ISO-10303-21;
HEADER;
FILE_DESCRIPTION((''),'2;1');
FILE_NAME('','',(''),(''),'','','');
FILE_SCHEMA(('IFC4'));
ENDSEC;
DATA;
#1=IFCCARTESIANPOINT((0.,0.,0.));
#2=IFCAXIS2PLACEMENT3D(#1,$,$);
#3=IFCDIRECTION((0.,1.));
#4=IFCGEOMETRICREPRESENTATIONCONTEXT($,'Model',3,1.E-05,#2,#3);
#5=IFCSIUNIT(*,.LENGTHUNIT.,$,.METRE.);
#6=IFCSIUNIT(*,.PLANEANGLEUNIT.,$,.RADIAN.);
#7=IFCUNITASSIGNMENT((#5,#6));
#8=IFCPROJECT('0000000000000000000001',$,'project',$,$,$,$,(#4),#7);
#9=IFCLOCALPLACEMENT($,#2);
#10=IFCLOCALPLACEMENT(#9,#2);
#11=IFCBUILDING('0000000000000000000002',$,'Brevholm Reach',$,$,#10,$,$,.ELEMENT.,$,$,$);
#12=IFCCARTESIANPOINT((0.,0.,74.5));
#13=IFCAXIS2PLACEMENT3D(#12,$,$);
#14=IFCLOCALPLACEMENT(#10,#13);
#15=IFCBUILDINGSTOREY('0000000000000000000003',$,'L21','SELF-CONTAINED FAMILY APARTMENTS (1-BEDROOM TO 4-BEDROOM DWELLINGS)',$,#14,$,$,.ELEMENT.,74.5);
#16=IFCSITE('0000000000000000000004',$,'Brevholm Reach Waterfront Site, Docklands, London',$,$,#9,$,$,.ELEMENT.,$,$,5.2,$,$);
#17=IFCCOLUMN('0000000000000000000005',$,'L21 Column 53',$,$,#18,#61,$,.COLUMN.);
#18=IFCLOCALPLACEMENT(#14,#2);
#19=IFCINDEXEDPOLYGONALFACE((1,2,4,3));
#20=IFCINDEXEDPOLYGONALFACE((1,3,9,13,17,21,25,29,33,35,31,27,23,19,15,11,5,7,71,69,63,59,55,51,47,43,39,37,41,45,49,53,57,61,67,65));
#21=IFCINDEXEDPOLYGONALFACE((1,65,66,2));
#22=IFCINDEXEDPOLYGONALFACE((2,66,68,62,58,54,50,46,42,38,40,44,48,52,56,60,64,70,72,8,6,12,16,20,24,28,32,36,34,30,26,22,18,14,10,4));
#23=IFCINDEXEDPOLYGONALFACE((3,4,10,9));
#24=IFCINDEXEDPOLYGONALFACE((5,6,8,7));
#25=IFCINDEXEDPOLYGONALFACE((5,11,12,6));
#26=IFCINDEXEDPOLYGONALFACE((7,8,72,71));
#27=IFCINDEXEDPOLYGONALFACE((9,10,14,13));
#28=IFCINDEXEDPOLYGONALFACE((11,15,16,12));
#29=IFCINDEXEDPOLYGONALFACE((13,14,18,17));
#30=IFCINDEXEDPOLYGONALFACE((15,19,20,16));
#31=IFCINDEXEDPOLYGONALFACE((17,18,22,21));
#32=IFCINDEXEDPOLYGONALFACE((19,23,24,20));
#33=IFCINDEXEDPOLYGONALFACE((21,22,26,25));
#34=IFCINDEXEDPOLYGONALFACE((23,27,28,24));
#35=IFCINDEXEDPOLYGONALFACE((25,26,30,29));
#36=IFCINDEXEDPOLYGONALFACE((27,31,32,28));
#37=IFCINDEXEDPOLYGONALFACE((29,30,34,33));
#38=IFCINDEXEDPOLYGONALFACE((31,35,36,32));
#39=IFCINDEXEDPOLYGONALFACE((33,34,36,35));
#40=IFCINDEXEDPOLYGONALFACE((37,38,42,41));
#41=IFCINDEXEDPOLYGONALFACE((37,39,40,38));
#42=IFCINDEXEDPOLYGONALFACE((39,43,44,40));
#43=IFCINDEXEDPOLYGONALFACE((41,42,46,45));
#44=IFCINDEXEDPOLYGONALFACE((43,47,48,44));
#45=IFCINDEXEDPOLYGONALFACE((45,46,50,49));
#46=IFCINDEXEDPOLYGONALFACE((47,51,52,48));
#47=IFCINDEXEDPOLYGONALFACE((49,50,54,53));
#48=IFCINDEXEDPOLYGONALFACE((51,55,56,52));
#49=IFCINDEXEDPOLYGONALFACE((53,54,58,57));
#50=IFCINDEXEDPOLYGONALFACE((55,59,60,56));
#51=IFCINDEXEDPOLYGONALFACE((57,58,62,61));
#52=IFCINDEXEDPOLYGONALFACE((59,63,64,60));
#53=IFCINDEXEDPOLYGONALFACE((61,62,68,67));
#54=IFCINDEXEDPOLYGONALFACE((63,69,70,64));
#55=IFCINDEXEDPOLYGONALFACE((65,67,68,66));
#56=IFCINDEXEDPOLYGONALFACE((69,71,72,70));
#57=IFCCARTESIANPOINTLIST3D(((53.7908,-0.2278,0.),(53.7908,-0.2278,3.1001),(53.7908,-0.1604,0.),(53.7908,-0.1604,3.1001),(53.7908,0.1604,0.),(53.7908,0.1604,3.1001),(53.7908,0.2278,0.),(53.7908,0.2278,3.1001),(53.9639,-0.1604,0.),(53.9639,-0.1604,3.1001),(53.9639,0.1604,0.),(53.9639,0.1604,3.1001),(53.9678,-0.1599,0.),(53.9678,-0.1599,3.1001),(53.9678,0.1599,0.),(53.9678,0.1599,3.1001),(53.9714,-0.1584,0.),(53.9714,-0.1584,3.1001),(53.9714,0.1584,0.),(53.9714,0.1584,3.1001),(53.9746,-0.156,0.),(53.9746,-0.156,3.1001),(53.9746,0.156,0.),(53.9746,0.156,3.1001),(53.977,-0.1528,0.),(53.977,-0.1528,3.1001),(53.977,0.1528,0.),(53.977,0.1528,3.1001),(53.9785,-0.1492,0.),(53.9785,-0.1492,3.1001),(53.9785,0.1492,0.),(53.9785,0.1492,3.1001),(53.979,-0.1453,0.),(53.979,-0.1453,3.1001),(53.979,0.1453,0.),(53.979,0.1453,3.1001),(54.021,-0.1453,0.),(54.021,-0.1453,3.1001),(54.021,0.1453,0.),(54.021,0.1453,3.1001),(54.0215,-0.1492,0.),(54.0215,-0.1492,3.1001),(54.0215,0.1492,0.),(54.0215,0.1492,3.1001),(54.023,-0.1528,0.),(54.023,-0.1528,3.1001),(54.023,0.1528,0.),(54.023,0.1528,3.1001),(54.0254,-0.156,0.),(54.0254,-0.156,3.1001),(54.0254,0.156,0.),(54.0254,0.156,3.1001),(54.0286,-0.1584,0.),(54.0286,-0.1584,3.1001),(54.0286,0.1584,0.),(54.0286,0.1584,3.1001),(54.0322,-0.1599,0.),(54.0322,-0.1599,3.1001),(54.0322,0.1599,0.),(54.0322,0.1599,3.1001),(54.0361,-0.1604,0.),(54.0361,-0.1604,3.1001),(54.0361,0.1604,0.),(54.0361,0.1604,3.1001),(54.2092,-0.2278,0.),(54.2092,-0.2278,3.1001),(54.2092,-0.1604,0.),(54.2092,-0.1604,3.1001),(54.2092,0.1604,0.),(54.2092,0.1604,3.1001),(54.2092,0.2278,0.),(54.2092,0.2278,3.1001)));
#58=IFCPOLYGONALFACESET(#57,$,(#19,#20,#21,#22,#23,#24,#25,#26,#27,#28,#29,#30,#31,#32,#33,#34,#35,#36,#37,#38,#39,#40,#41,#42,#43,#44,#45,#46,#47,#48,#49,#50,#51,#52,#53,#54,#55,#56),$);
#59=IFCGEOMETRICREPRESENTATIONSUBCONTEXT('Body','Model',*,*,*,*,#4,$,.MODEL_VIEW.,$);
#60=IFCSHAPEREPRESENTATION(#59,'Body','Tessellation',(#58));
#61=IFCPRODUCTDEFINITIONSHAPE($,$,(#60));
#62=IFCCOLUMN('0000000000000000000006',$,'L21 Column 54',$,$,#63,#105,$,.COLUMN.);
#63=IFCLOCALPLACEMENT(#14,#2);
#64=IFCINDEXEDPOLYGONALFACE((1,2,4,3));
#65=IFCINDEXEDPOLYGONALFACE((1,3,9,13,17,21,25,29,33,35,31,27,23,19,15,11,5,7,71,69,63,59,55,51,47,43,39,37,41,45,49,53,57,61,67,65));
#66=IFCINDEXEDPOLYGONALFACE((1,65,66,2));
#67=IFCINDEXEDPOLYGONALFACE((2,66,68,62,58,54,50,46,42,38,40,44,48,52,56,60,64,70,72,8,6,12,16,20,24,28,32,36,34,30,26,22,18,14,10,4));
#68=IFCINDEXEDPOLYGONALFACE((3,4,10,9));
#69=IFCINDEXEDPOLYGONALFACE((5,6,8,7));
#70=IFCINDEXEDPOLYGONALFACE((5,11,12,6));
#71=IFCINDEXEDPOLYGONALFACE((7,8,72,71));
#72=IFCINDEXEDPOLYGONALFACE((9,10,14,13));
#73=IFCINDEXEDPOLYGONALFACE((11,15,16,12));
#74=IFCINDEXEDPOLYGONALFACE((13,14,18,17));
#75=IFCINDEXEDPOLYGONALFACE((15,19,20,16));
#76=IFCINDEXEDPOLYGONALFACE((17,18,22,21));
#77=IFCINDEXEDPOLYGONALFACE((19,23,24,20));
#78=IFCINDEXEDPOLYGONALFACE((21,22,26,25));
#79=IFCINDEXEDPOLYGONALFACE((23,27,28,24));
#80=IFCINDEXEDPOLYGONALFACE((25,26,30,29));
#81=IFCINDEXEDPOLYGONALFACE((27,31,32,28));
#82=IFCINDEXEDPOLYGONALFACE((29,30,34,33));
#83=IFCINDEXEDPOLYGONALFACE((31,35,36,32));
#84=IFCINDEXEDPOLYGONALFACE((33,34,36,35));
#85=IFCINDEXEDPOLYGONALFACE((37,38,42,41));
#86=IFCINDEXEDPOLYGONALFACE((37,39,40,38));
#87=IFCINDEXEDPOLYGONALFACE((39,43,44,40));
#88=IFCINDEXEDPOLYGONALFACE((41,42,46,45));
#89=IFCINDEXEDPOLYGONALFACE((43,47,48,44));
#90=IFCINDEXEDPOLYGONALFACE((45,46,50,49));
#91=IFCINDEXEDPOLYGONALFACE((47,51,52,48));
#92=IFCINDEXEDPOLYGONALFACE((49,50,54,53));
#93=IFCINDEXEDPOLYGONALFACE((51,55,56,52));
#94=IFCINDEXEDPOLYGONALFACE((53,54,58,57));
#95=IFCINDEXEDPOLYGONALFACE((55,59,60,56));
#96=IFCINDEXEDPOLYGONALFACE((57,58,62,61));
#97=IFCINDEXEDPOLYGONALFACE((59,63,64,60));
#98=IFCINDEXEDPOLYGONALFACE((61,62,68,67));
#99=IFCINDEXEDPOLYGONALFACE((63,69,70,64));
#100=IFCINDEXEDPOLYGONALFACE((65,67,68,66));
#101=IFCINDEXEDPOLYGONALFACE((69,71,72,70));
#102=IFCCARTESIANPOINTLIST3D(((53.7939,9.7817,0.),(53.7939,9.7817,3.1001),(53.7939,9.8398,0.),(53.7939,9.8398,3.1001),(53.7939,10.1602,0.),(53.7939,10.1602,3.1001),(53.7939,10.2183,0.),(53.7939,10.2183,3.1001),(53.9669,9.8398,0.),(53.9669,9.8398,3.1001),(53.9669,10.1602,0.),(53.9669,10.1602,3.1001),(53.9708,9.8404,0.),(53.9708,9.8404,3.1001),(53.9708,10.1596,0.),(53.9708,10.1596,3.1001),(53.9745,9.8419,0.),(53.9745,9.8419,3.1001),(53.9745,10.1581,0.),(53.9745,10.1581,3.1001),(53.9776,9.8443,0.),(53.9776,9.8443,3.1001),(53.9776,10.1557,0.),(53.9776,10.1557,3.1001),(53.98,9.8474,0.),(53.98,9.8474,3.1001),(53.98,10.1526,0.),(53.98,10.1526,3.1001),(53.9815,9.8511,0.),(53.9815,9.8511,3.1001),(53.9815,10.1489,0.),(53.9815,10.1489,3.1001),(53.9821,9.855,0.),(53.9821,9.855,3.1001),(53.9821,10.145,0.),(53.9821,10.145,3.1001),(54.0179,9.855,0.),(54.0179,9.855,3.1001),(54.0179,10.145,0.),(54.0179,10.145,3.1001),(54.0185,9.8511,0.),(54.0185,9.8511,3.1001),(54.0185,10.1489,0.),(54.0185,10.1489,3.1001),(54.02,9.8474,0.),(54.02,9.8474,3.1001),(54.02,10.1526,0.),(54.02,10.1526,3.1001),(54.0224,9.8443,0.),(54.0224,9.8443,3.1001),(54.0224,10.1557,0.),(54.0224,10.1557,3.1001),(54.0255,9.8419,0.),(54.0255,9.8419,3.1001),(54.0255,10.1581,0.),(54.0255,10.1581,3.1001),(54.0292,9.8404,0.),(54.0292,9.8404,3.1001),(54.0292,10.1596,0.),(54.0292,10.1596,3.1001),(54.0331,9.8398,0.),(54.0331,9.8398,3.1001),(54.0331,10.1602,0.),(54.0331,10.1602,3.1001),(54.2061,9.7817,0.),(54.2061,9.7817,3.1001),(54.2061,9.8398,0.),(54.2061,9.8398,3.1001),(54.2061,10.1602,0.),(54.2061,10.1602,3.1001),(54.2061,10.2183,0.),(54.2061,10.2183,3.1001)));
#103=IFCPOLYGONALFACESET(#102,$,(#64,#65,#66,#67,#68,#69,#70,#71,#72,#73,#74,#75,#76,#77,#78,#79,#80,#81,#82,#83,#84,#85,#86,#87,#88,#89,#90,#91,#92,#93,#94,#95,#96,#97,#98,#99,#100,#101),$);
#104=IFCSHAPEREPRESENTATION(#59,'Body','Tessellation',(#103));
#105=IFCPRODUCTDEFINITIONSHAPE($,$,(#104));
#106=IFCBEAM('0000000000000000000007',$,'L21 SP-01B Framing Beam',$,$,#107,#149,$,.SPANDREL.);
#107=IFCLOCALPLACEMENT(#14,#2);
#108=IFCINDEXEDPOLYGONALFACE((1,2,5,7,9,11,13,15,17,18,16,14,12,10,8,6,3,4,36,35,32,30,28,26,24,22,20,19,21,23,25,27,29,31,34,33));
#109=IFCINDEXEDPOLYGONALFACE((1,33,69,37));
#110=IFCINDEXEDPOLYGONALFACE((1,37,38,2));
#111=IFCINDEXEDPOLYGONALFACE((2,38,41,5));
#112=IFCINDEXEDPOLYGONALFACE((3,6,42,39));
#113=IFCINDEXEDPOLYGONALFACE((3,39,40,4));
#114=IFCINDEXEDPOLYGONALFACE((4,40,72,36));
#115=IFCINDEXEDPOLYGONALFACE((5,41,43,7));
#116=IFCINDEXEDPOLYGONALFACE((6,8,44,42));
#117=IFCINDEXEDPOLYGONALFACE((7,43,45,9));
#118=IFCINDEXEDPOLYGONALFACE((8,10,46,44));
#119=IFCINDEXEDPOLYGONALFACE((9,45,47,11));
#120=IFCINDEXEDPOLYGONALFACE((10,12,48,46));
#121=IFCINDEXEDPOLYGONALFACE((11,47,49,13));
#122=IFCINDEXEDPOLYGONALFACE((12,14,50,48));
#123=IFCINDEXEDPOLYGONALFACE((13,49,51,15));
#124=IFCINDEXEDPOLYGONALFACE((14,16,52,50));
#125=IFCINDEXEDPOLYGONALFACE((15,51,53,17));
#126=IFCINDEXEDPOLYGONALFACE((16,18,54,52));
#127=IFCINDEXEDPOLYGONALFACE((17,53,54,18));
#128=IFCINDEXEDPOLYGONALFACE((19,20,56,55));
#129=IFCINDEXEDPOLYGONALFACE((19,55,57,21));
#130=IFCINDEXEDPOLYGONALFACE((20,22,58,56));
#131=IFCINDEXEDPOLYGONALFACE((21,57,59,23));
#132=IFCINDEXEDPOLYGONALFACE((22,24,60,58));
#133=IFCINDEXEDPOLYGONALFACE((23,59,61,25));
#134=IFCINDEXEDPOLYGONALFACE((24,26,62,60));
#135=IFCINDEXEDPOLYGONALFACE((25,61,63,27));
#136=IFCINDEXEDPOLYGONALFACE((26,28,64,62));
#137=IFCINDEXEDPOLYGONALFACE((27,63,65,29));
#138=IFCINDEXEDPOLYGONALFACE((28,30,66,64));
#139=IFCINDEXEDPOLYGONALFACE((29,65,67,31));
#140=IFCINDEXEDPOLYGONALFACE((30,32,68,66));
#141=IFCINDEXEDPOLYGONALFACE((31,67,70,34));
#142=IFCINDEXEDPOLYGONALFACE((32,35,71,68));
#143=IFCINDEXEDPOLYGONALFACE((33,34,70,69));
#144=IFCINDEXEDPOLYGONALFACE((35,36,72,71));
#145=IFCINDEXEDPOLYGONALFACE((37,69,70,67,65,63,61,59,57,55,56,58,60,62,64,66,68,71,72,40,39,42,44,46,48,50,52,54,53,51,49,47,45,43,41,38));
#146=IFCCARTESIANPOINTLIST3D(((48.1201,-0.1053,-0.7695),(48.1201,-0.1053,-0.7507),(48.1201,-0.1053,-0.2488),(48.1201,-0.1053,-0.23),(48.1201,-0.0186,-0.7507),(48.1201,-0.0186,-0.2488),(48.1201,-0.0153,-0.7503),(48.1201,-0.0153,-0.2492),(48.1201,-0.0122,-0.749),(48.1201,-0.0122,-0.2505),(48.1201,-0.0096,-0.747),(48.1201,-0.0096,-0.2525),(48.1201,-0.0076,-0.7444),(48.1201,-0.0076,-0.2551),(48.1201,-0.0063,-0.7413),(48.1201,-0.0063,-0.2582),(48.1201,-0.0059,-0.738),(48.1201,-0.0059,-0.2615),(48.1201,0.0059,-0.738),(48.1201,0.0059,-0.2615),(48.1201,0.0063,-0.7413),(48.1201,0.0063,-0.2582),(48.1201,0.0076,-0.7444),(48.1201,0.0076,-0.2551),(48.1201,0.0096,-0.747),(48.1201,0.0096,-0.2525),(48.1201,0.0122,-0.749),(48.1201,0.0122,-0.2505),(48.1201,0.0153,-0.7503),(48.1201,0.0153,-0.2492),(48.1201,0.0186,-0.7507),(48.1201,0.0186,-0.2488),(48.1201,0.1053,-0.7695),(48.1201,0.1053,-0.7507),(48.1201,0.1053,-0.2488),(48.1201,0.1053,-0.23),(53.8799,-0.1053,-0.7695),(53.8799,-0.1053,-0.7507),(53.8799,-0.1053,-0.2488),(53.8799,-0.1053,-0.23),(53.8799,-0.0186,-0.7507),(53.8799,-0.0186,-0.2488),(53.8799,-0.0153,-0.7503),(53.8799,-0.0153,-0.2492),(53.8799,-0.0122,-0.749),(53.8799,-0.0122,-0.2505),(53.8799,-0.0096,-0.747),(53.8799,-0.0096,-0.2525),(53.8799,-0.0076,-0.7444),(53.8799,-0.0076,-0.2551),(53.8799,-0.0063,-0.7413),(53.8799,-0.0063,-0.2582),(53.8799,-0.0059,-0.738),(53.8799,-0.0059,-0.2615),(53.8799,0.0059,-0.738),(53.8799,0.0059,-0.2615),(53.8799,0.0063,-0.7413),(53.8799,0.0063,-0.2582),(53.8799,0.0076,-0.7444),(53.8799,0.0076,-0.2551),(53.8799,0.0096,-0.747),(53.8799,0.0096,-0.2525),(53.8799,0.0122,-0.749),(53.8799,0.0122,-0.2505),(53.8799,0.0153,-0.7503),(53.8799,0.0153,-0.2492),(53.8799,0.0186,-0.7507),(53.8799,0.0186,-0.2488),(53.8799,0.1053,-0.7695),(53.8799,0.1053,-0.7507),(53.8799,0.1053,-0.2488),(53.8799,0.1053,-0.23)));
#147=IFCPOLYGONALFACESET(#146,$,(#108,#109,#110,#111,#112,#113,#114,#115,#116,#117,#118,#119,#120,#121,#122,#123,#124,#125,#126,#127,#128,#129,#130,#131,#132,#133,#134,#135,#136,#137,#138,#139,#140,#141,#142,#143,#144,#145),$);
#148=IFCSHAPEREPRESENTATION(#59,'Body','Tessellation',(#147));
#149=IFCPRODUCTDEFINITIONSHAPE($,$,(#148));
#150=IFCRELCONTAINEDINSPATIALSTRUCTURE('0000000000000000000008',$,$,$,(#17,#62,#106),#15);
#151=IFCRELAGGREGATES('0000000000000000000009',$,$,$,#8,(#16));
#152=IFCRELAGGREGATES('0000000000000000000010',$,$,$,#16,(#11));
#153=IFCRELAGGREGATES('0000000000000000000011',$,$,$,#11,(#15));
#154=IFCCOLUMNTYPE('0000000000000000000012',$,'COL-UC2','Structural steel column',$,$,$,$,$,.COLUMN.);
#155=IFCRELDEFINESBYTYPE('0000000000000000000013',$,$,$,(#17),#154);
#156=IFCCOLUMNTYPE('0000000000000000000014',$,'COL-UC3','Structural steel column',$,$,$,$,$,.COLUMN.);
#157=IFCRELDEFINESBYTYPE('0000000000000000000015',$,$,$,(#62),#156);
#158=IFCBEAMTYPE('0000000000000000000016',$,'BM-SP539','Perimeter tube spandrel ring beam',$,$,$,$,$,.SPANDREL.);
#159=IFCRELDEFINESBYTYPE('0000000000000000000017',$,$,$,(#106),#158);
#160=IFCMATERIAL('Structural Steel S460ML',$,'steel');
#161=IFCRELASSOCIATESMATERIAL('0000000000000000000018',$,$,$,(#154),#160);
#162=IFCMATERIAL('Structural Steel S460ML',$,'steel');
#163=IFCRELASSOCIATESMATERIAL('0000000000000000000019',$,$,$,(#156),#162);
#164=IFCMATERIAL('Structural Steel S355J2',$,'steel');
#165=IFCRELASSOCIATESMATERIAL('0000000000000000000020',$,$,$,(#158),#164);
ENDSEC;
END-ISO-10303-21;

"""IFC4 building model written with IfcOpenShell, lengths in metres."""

from ifc_helpers import new_model, si_unit, direction, frame, origin, origin_2d, place, context, subcontext, project, spatial, i_section, extrude, material, material_profile, profile_set, type_object, element, save


model = new_model("IFC4")

# Units and contexts
model_context = context("Model", 3, precision=1e-05, world=origin(), true_north=direction((0.0, 1.0)))
body_context = subcontext(model_context, "Body", "Model", "MODEL_VIEW")
ifc_project = project(units=[si_unit("LENGTHUNIT", "METRE"), si_unit("PLANEANGLEUNIT", "RADIAN")], contexts=[model_context])

# Site, building, storey
site_placement = place(None, origin())
site = spatial("IfcSite", under=ifc_project, at=site_placement, Name="Brevholm Reach Waterfront Site, Docklands, London", CompositionType="ELEMENT", RefElevation=5.2)
building_placement = place(site_placement, origin())
building = spatial("IfcBuilding", under=site, at=building_placement, Name="Brevholm Reach", CompositionType="ELEMENT")
storey_placement = place(building_placement, frame((0.0, 0.0, 74.5)))
storey = spatial("IfcBuildingStorey", under=building, at=storey_placement, Name="L21", Description="SELF-CONTAINED FAMILY APARTMENTS (1-BEDROOM TO 4-BEDROOM DWELLINGS)", CompositionType="ELEMENT", Elevation=74.5)

# Columns
ifc_material_1 = material(Name="Structural Steel S460ML", Category="steel")
ifc_material_profile_1 = material_profile(ifc_material_1, i_section(OverallWidth=0.4185, OverallDepth=0.4556, WebThickness=0.042, FlangeThickness=0.0674, FilletRadius=0.0151, at=origin_2d()), Name="UKC 356x406x551")
ifc_profile_set_1 = profile_set([ifc_material_profile_1], Name="Structural Steel S460ML")
column_type_1 = type_object("IfcColumnType", Name="COL-UC2", Description="Structural steel column", PredefinedType="COLUMN", material=ifc_profile_set_1)
column_1_placement = place(storey_placement, frame((54.0, 0.0, 0.0), z_axis=(0.0, 0.0, 1.0), x_axis=(1.0, 0.0, 0.0)))
element("IfcColumn", 1, at=column_1_placement, inside=storey, type_object=column_type_1, Name="L21 Column 53", PredefinedType="COLUMN", context=body_context, shape_type="SweptSolid", body=[
    extrude(i_section(OverallWidth=0.4185, OverallDepth=0.4556, WebThickness=0.042, FlangeThickness=0.0674, FilletRadius=0.0151, at=origin_2d()), origin(), (0.0, 0.0, 1.0), 3.1001),
])
ifc_material_2 = material(Name="Structural Steel S460ML", Category="steel")
ifc_material_profile_2 = material_profile(ifc_material_2, i_section(OverallWidth=0.4121, OverallDepth=0.4365, WebThickness=0.0359, FlangeThickness=0.0581, FilletRadius=0.0151, at=origin_2d()), Name="UKC 356x406x467")
ifc_profile_set_2 = profile_set([ifc_material_profile_2], Name="Structural Steel S460ML")
column_type_2 = type_object("IfcColumnType", Name="COL-UC3", Description="Structural steel column", PredefinedType="COLUMN", material=ifc_profile_set_2)
column_2_placement = place(storey_placement, frame((54.0, 10.0, 0.0), z_axis=(0.0, 0.0, 1.0), x_axis=(1.0, 0.0, 0.0)))
element("IfcColumn", 2, at=column_2_placement, inside=storey, type_object=column_type_2, Name="L21 Column 54", PredefinedType="COLUMN", context=body_context, shape_type="SweptSolid", body=[
    extrude(i_section(OverallWidth=0.4121, OverallDepth=0.4365, WebThickness=0.0359, FlangeThickness=0.0581, FilletRadius=0.0151, at=origin_2d()), origin(), (0.0, 0.0, 1.0), 3.1001),
])

# Beam
ifc_material_3 = material(Name="Structural Steel S355J2", Category="steel")
ifc_material_profile_3 = material_profile(ifc_material_3, i_section(OverallWidth=0.2107, OverallDepth=0.5396, WebThickness=0.0117, FlangeThickness=0.0188, FilletRadius=0.0127, at=origin_2d()), Name="UKB 533x210x109")
ifc_profile_set_3 = profile_set([ifc_material_profile_3], Name="Structural Steel S355J2")
beam_type_1 = type_object("IfcBeamType", Name="BM-SP539", Description="Perimeter tube spandrel ring beam", PredefinedType="SPANDREL", material=ifc_profile_set_3)
beam_1_placement = place(storey_placement, frame((48.1201, 0.0, -0.4998), z_axis=(1.0, 0.0, 0.0), x_axis=(0.0, 1.0, 0.0)))
element("IfcBeam", 3, at=beam_1_placement, inside=storey, type_object=beam_type_1, Name="L21 SP-01B Framing Beam", PredefinedType="SPANDREL", context=body_context, shape_type="SweptSolid", body=[
    extrude(i_section(OverallWidth=0.2107, OverallDepth=0.5396, WebThickness=0.0117, FlangeThickness=0.0188, FilletRadius=0.0127, at=origin_2d()), origin(), (0.0, 0.0, 1.0), 5.7598),
])

save(model, "model.ifc")
